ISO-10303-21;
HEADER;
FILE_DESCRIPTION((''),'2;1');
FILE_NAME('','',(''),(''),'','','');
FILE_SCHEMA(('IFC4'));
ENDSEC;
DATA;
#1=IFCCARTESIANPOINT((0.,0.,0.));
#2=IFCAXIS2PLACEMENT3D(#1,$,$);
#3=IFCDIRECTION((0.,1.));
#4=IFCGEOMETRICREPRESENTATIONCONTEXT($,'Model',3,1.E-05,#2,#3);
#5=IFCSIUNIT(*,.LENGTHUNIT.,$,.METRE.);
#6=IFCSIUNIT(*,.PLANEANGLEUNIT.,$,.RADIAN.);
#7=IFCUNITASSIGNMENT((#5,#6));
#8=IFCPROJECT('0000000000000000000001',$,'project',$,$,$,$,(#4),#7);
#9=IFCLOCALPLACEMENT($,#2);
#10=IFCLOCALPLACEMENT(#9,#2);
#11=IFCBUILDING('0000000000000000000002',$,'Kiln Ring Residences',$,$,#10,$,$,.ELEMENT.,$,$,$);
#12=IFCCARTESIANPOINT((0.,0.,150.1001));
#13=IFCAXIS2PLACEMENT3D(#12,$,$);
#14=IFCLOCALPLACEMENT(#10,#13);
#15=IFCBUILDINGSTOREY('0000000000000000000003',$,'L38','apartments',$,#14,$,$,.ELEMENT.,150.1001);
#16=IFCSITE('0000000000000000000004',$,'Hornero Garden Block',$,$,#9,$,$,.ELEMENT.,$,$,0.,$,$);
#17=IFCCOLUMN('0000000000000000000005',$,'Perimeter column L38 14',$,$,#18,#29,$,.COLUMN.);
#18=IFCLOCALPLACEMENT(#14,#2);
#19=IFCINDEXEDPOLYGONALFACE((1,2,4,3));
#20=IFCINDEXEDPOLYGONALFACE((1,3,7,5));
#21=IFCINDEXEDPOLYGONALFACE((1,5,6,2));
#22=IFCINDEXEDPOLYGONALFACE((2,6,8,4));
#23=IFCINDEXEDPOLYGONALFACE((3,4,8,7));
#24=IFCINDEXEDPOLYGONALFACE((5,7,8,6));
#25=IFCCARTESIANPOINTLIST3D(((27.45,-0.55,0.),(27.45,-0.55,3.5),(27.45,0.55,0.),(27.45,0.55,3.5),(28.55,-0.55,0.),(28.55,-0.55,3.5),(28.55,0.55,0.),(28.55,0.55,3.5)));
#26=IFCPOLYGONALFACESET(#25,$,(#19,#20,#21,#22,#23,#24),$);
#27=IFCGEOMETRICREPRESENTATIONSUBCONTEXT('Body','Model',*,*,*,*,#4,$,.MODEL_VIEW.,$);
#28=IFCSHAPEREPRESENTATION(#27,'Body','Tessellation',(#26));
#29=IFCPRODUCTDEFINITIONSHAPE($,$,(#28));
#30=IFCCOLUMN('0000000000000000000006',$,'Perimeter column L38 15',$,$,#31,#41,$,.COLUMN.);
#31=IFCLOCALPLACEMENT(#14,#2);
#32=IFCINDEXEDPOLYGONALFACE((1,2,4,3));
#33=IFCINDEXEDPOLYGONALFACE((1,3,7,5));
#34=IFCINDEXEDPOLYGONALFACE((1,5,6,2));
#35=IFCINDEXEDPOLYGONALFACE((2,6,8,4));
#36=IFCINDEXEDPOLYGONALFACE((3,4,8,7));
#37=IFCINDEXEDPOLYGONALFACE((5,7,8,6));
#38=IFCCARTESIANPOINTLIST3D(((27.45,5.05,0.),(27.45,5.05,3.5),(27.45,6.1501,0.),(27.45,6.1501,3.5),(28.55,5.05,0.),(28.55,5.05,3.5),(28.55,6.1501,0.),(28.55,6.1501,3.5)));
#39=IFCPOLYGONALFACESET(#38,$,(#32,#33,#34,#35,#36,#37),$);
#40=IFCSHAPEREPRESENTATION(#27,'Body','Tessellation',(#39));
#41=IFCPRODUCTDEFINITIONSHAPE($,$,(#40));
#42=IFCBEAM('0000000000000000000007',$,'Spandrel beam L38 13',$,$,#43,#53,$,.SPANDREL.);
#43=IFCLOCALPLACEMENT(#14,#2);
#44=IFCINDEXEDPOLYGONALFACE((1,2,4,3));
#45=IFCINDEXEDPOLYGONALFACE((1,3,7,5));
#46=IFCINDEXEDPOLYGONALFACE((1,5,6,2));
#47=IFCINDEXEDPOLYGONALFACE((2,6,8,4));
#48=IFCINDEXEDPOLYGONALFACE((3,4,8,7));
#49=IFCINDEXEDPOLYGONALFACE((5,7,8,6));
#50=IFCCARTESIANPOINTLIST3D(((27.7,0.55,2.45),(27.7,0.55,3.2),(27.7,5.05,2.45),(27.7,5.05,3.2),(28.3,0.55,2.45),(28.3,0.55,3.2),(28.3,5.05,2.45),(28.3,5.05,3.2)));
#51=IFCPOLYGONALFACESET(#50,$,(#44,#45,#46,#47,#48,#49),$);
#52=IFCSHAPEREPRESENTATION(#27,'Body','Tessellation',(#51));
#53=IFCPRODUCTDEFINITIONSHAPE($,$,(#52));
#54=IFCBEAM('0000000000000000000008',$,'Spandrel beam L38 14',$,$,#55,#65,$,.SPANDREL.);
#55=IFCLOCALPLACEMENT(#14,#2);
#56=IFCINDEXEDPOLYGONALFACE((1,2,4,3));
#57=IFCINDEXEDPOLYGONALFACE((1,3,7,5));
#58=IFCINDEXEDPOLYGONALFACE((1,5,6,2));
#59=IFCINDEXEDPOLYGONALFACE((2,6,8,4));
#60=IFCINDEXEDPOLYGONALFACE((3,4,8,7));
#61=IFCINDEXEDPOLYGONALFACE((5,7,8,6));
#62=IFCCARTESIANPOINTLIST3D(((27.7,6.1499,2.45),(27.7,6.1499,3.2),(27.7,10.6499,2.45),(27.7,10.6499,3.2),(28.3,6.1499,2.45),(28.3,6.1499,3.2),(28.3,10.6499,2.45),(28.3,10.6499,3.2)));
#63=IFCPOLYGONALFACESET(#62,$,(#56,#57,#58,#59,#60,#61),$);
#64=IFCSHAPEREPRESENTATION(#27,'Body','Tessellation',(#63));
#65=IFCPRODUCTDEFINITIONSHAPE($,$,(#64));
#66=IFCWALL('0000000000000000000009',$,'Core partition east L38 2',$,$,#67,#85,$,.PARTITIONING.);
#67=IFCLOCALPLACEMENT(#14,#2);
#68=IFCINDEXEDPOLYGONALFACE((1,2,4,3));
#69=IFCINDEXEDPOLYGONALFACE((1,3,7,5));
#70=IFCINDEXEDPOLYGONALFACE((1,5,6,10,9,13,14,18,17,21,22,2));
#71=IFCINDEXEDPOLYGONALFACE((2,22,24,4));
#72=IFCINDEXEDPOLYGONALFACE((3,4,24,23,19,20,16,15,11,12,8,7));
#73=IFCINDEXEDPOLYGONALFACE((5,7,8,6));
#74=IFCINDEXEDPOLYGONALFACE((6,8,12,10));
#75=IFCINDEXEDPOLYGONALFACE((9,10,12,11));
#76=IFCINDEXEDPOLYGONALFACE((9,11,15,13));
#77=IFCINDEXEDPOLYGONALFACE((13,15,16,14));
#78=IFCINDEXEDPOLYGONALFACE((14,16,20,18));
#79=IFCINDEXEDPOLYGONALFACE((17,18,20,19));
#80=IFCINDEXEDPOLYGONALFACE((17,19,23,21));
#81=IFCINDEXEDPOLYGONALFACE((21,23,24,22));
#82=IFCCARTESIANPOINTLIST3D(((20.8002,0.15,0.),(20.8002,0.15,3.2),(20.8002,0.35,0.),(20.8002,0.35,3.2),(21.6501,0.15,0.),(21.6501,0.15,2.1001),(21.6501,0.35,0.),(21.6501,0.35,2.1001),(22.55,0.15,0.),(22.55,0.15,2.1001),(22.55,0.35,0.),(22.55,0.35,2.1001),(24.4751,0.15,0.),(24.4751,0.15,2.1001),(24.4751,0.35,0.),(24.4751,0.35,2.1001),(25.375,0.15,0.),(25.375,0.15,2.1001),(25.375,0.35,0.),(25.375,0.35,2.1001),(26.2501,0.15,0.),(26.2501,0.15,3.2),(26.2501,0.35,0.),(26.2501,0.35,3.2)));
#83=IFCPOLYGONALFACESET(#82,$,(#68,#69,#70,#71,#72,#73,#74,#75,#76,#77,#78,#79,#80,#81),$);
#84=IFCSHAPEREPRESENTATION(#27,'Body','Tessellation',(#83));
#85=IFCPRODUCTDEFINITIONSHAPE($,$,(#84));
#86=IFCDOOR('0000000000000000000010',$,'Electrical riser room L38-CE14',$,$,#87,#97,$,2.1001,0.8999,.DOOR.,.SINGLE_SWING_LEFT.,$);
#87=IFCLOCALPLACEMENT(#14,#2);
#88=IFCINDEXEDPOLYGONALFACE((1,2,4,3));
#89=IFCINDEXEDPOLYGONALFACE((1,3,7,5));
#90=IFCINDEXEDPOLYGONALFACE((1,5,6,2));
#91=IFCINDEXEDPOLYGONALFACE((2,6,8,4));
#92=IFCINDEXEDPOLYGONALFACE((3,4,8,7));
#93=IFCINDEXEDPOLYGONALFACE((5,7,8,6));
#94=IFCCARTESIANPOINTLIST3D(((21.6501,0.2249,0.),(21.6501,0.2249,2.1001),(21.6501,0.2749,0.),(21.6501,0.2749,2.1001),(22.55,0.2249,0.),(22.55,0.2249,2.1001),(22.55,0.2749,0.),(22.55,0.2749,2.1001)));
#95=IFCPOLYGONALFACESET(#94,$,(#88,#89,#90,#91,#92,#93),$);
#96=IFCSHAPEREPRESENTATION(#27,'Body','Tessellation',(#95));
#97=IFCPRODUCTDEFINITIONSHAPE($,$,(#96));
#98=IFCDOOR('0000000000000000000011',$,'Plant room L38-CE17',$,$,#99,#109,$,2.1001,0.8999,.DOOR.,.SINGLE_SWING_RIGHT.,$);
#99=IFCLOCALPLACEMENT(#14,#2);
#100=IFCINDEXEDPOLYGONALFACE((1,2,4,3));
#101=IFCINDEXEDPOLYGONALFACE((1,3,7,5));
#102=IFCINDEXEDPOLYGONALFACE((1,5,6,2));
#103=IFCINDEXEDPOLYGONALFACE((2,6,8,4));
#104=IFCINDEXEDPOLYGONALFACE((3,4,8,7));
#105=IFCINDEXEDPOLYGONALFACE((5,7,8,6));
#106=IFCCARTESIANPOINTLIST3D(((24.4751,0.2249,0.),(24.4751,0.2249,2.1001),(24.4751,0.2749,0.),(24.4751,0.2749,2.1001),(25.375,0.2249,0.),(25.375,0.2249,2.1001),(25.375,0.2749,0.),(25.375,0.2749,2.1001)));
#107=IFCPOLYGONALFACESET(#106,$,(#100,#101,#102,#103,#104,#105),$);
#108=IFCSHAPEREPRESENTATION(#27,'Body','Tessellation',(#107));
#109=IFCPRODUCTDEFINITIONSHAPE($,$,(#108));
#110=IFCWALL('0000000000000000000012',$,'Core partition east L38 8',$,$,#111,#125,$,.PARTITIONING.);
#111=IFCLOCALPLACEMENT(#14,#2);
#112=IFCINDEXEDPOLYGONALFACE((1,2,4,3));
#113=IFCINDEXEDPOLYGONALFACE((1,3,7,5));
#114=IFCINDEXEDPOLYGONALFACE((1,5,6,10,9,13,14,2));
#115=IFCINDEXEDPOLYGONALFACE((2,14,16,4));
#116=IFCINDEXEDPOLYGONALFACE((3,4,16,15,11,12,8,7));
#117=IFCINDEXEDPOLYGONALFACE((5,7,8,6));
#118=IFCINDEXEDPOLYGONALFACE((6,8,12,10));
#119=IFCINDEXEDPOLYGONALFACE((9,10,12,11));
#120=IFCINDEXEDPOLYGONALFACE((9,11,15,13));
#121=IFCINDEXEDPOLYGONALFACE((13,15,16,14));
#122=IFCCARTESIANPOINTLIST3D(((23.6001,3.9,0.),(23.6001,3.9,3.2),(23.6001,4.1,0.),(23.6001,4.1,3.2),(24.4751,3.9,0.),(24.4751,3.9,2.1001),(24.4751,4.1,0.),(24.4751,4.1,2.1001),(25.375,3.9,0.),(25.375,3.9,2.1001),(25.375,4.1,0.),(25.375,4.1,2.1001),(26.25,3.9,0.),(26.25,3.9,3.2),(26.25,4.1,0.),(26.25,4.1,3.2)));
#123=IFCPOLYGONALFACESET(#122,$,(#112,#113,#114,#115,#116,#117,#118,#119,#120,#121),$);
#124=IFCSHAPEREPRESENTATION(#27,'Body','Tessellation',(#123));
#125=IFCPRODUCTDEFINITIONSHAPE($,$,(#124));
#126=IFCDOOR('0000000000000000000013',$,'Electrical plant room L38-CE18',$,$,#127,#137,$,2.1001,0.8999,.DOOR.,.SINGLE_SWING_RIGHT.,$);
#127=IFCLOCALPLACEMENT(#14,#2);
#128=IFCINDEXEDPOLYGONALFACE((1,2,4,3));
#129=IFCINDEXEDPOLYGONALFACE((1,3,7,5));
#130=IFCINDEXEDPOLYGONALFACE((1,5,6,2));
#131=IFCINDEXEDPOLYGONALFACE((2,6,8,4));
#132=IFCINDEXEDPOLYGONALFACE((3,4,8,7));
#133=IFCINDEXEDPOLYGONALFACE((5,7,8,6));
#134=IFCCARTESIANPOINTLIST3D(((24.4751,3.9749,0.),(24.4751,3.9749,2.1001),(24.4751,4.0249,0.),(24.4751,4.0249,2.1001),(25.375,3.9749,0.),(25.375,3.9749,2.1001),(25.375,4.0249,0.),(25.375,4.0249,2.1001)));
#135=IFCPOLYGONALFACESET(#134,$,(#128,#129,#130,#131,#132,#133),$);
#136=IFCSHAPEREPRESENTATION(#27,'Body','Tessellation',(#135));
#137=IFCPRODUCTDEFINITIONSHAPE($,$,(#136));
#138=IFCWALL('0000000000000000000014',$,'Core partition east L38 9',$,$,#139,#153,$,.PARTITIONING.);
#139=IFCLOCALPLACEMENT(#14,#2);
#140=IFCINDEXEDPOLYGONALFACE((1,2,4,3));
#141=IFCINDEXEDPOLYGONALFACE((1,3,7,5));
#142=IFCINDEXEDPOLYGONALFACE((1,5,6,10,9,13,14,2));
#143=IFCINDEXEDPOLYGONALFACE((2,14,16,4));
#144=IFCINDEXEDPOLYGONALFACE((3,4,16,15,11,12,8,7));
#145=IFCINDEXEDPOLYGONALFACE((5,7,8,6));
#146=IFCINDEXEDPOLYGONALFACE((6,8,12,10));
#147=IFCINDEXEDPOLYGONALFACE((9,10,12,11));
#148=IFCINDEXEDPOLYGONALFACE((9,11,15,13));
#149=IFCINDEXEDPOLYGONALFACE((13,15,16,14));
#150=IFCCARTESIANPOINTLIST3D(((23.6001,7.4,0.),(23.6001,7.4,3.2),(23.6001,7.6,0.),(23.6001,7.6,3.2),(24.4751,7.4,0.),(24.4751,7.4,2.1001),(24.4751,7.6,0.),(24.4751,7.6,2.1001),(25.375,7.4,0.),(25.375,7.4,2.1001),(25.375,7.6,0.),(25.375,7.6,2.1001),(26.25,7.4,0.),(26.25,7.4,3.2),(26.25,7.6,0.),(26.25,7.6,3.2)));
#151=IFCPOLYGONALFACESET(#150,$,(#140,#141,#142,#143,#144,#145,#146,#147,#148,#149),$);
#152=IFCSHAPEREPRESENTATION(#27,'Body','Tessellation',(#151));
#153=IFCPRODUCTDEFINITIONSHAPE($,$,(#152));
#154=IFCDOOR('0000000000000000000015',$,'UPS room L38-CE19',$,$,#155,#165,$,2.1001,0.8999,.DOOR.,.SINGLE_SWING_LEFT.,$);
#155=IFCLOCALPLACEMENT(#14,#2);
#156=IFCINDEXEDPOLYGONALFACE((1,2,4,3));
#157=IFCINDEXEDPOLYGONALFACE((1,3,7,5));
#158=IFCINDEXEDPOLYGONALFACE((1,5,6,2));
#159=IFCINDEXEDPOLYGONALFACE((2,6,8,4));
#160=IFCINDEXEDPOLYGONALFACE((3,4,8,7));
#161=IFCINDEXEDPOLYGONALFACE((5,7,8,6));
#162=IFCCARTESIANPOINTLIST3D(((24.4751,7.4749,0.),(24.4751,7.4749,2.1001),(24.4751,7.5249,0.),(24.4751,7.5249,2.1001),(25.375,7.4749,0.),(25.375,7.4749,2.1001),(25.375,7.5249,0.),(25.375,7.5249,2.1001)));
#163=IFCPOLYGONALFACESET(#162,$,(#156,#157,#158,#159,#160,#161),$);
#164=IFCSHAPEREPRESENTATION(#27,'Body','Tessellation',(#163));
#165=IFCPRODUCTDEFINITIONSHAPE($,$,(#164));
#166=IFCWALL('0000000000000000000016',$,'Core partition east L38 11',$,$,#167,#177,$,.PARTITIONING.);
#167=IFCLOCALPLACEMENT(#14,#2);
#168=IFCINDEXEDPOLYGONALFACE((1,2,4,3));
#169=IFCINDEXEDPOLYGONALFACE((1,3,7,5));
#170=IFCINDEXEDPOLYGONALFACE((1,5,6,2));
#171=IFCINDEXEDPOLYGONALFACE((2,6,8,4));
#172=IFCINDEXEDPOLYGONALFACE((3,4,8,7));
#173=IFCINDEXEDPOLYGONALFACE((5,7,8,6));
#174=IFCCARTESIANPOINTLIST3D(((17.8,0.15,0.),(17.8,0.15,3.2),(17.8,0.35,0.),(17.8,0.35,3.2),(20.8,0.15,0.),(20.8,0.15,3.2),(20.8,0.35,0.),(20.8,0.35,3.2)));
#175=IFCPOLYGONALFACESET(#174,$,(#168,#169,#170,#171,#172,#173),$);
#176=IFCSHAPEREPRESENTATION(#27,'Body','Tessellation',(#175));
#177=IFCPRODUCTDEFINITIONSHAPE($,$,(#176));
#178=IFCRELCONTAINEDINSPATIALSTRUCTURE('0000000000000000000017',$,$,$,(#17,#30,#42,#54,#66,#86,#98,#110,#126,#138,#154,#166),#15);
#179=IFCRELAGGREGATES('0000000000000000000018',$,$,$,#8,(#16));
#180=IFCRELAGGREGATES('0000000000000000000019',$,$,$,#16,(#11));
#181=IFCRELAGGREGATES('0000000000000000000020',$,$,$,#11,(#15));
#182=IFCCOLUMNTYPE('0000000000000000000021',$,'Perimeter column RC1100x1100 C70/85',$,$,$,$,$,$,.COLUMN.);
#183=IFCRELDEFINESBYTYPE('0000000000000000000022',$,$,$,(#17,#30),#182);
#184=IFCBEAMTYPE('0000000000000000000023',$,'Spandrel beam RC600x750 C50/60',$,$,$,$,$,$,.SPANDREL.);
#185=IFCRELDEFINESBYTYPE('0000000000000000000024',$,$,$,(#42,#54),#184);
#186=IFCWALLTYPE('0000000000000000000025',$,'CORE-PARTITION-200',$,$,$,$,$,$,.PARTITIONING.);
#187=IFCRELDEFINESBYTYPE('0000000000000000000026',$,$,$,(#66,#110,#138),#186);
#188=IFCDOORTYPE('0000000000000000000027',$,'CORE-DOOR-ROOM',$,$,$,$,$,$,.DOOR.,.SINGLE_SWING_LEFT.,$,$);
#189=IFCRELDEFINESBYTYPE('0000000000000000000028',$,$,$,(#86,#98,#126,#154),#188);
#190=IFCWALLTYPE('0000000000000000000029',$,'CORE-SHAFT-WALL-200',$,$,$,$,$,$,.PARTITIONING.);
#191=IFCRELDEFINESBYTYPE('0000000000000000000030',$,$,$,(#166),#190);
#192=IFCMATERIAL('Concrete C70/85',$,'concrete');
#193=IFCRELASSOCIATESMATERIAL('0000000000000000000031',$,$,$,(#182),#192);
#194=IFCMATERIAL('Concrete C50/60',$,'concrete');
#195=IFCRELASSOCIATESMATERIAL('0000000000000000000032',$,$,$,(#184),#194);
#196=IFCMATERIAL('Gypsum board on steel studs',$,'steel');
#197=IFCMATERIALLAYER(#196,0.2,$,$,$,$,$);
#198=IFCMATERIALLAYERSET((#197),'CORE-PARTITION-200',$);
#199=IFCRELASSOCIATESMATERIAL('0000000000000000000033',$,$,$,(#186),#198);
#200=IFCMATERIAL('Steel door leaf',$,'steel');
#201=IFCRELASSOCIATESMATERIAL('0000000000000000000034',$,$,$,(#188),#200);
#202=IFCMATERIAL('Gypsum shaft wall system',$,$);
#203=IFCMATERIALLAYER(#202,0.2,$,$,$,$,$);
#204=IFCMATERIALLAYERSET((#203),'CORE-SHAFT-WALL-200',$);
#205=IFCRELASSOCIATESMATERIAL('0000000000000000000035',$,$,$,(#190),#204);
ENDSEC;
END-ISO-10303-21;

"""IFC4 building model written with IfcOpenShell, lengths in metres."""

from ifc_helpers import new_model, si_unit, direction, frame, frame_2d, origin, origin_2d, place, context, subcontext, project, spatial, rectangle, extrude, material, layer, layer_set, material_profile, profile_set, type_object, element, fill, save


model = new_model("IFC4")

# Units and contexts
model_context = context("Model", 3, precision=1e-05, world=origin(), true_north=direction((0.0, 1.0)))
body_context = subcontext(model_context, "Body", "Model", "MODEL_VIEW")
ifc_project = project(units=[si_unit("LENGTHUNIT", "METRE"), si_unit("PLANEANGLEUNIT", "RADIAN")], contexts=[model_context])

# Site, building, storey
site_placement = place(None, origin())
site = spatial("IfcSite", under=ifc_project, at=site_placement, Name="Hornero Garden Block", CompositionType="ELEMENT", RefElevation=0.0)
building_placement = place(site_placement, origin())
building = spatial("IfcBuilding", under=site, at=building_placement, Name="Kiln Ring Residences", CompositionType="ELEMENT")
storey_placement = place(building_placement, frame((0.0, 0.0, 150.1001)))
storey = spatial("IfcBuildingStorey", under=building, at=storey_placement, Name="L38", Description="apartments", CompositionType="ELEMENT", Elevation=150.1001)

# Columns
ifc_material_1 = material(Name="Concrete C70/85", Category="concrete")
ifc_material_profile_1 = material_profile(ifc_material_1, rectangle(XDim=1.1001, YDim=1.1001, at=origin_2d()), Name="RC1100x1100")
ifc_profile_set_1 = profile_set([ifc_material_profile_1], Name="Concrete C70/85")
column_type = type_object("IfcColumnType", Name="Perimeter column RC1100x1100 C70/85", PredefinedType="COLUMN", material=ifc_profile_set_1)
for number, where, z_axis, x_axis, name in (
    (1, (28.0, 0.0, 0.0), (0.0, 0.0, 1.0), (1.0, 0.0, 0.0), "Perimeter column L38 14"),
    (2, (28.0, 5.6001, 0.0), (0.0, 0.0, 1.0), (1.0, 0.0, 0.0), "Perimeter column L38 15"),
):
    element("IfcColumn", number, at=place(storey_placement, frame(where, z_axis=z_axis, x_axis=x_axis)), inside=storey, type_object=column_type, Name=name, PredefinedType="COLUMN", context=body_context, shape_type="SweptSolid", body=[
        extrude(rectangle(XDim=1.1001, YDim=1.1001, at=origin_2d()), origin(), (0.0, 0.0, 1.0), 3.5),
    ])

# Beams
ifc_material_2 = material(Name="Concrete C50/60", Category="concrete")
ifc_material_profile_2 = material_profile(ifc_material_2, rectangle(XDim=0.6001, YDim=0.75, at=origin_2d()), Name="RC600x750")
ifc_profile_set_2 = profile_set([ifc_material_profile_2], Name="Concrete C50/60")
beam_type = type_object("IfcBeamType", Name="Spandrel beam RC600x750 C50/60", PredefinedType="SPANDREL", material=ifc_profile_set_2)
for number, where, z_axis, x_axis, name in (
    (3, (28.0, 0.55, 2.825), (0.0, 1.0, 0.0), (-1.0, 0.0, 0.0), "Spandrel beam L38 13"),
    (4, (28.0, 6.1499, 2.825), (0.0, 1.0, 0.0), (-1.0, 0.0, 0.0), "Spandrel beam L38 14"),
):
    element("IfcBeam", number, at=place(storey_placement, frame(where, z_axis=z_axis, x_axis=x_axis)), inside=storey, type_object=beam_type, Name=name, PredefinedType="SPANDREL", context=body_context, shape_type="SweptSolid", body=[
        extrude(rectangle(XDim=0.6001, YDim=0.75, at=origin_2d()), origin(), (0.0, 0.0, 1.0), 4.5),
    ])

# Wall, openings, doors
ifc_material_3 = material(Name="Gypsum board on steel studs", Category="steel")
ifc_layer_1 = layer(ifc_material_3, 0.2)
ifc_layer_set_1 = layer_set([ifc_layer_1], Name="CORE-PARTITION-200")
wall_type_1 = type_object("IfcWallType", Name="CORE-PARTITION-200", PredefinedType="PARTITIONING", material=ifc_layer_set_1)
wall_1_placement = place(storey_placement, frame((20.8, 0.25, 0.0), z_axis=(0.0, 0.0, 1.0), x_axis=(1.0, 0.0, 0.0)))
wall_1 = element("IfcWall", 5, at=wall_1_placement, inside=storey, type_object=wall_type_1, Name="Core partition east L38 2", PredefinedType="PARTITIONING", context=body_context, shape_type="SweptSolid", body=[
    extrude(rectangle(XDim=5.45, YDim=0.2, at=frame_2d((2.7251, 0.0))), origin(), (0.0, 0.0, 1.0), 3.2),
])
opening_1_placement = place(wall_1_placement, frame((0.8501, 0.0, 0.0)))
opening_1 = element("IfcOpeningElement", 6, at=opening_1_placement, cuts=wall_1, PredefinedType="OPENING", context=body_context, shape_type="SweptSolid", body=[
    extrude(rectangle(XDim=0.8999, YDim=2.1001, at=frame_2d((0.45, 1.05))), frame((0.0, 0.1099, 0.0), z_axis=(0.0, -1.0, 0.0), x_axis=(1.0, 0.0, 0.0)), (0.0, 0.0, 1.0), 0.22),
])
opening_2_placement = place(wall_1_placement, frame((3.675, 0.0, 0.0)))
opening_2 = element("IfcOpeningElement", 7, at=opening_2_placement, cuts=wall_1, PredefinedType="OPENING", context=body_context, shape_type="SweptSolid", body=[
    extrude(rectangle(XDim=0.8999, YDim=2.1001, at=frame_2d((0.45, 1.05))), frame((0.0, 0.1099, 0.0), z_axis=(0.0, -1.0, 0.0), x_axis=(1.0, 0.0, 0.0)), (0.0, 0.0, 1.0), 0.22),
])
ifc_material_4 = material(Name="Steel door leaf", Category="steel")
door_type = type_object("IfcDoorType", Name="CORE-DOOR-ROOM", OperationType="SINGLE_SWING_LEFT", PredefinedType="DOOR", material=ifc_material_4)
door_1_placement = place(opening_1_placement, origin())
door_1 = element("IfcDoor", 8, at=door_1_placement, inside=storey, type_object=door_type, Name="Electrical riser room L38-CE14", OperationType="SINGLE_SWING_LEFT", OverallHeight=2.1001, OverallWidth=0.8999, PredefinedType="DOOR", context=body_context, shape_type="SweptSolid", body=[
    extrude(rectangle(XDim=0.8999, YDim=2.1001, at=frame_2d((0.45, 1.05))), frame((0.0, 0.0249, 0.0), z_axis=(0.0, -1.0, 0.0), x_axis=(1.0, 0.0, 0.0)), (0.0, 0.0, 1.0), 0.05),
])
fill(opening_1, door_1)
door_2_placement = place(opening_2_placement, origin())
door_2 = element("IfcDoor", 9, at=door_2_placement, inside=storey, type_object=door_type, Name="Plant room L38-CE17", OperationType="SINGLE_SWING_RIGHT", OverallHeight=2.1001, OverallWidth=0.8999, PredefinedType="DOOR", context=body_context, shape_type="SweptSolid", body=[
    extrude(rectangle(XDim=0.8999, YDim=2.1001, at=frame_2d((0.45, 1.05))), frame((0.0, 0.0249, 0.0), z_axis=(0.0, -1.0, 0.0), x_axis=(1.0, 0.0, 0.0)), (0.0, 0.0, 1.0), 0.05),
])
fill(opening_2, door_2)

# Walls, openings, doors
wall_2_placement = place(storey_placement, frame((23.6001, 4.0, 0.0), z_axis=(0.0, 0.0, 1.0), x_axis=(1.0, 0.0, 0.0)))
wall_2 = element("IfcWall", 10, at=wall_2_placement, inside=storey, type_object=wall_type_1, Name="Core partition east L38 8", PredefinedType="PARTITIONING", context=body_context, shape_type="SweptSolid", body=[
    extrude(rectangle(XDim=2.6499, YDim=0.2, at=frame_2d((1.325, 0.0))), origin(), (0.0, 0.0, 1.0), 3.2),
])
opening_3_placement = place(wall_2_placement, frame((0.875, 0.0, 0.0)))
opening_3 = element("IfcOpeningElement", 11, at=opening_3_placement, cuts=wall_2, PredefinedType="OPENING", context=body_context, shape_type="SweptSolid", body=[
    extrude(rectangle(XDim=0.8999, YDim=2.1001, at=frame_2d((0.45, 1.05))), frame((0.0, 0.1099, 0.0), z_axis=(0.0, -1.0, 0.0), x_axis=(1.0, 0.0, 0.0)), (0.0, 0.0, 1.0), 0.22),
])
door_3_placement = place(opening_3_placement, origin())
door_3 = element("IfcDoor", 12, at=door_3_placement, inside=storey, type_object=door_type, Name="Electrical plant room L38-CE18", OperationType="SINGLE_SWING_RIGHT", OverallHeight=2.1001, OverallWidth=0.8999, PredefinedType="DOOR", context=body_context, shape_type="SweptSolid", body=[
    extrude(rectangle(XDim=0.8999, YDim=2.1001, at=frame_2d((0.45, 1.05))), frame((0.0, 0.0249, 0.0), z_axis=(0.0, -1.0, 0.0), x_axis=(1.0, 0.0, 0.0)), (0.0, 0.0, 1.0), 0.05),
])
fill(opening_3, door_3)
wall_3_placement = place(storey_placement, frame((23.6001, 7.5, 0.0), z_axis=(0.0, 0.0, 1.0), x_axis=(1.0, 0.0, 0.0)))
wall_3 = element("IfcWall", 13, at=wall_3_placement, inside=storey, type_object=wall_type_1, Name="Core partition east L38 9", PredefinedType="PARTITIONING", context=body_context, shape_type="SweptSolid", body=[
    extrude(rectangle(XDim=2.6499, YDim=0.2, at=frame_2d((1.325, 0.0))), origin(), (0.0, 0.0, 1.0), 3.2),
])
opening_4_placement = place(wall_3_placement, frame((0.875, 0.0, 0.0)))
opening_4 = element("IfcOpeningElement", 14, at=opening_4_placement, cuts=wall_3, PredefinedType="OPENING", context=body_context, shape_type="SweptSolid", body=[
    extrude(rectangle(XDim=0.8999, YDim=2.1001, at=frame_2d((0.45, 1.05))), frame((0.0, 0.1099, 0.0), z_axis=(0.0, -1.0, 0.0), x_axis=(1.0, 0.0, 0.0)), (0.0, 0.0, 1.0), 0.22),
])
door_4_placement = place(opening_4_placement, origin())
door_4 = element("IfcDoor", 15, at=door_4_placement, inside=storey, type_object=door_type, Name="UPS room L38-CE19", OperationType="SINGLE_SWING_LEFT", OverallHeight=2.1001, OverallWidth=0.8999, PredefinedType="DOOR", context=body_context, shape_type="SweptSolid", body=[
    extrude(rectangle(XDim=0.8999, YDim=2.1001, at=frame_2d((0.45, 1.05))), frame((0.0, 0.0249, 0.0), z_axis=(0.0, -1.0, 0.0), x_axis=(1.0, 0.0, 0.0)), (0.0, 0.0, 1.0), 0.05),
])
fill(opening_4, door_4)

# Wall
ifc_material_5 = material(Name="Gypsum shaft wall system")
ifc_layer_2 = layer(ifc_material_5, 0.2)
ifc_layer_set_2 = layer_set([ifc_layer_2], Name="CORE-SHAFT-WALL-200")
wall_type_2 = type_object("IfcWallType", Name="CORE-SHAFT-WALL-200", PredefinedType="PARTITIONING", material=ifc_layer_set_2)
for number, where, z_axis, x_axis, name in (
    (16, (17.8, 0.25, 0.0), (0.0, 0.0, 1.0), (1.0, 0.0, 0.0), "Core partition east L38 11"),
):
    element("IfcWall", number, at=place(storey_placement, frame(where, z_axis=z_axis, x_axis=x_axis)), inside=storey, type_object=wall_type_2, Name=name, PredefinedType="PARTITIONING", context=body_context, shape_type="SweptSolid", body=[
        extrude(rectangle(XDim=3.0, YDim=0.2, at=frame_2d((1.5, 0.0))), origin(), (0.0, 0.0, 1.0), 3.2),
    ])

save(model, "model.ifc")
